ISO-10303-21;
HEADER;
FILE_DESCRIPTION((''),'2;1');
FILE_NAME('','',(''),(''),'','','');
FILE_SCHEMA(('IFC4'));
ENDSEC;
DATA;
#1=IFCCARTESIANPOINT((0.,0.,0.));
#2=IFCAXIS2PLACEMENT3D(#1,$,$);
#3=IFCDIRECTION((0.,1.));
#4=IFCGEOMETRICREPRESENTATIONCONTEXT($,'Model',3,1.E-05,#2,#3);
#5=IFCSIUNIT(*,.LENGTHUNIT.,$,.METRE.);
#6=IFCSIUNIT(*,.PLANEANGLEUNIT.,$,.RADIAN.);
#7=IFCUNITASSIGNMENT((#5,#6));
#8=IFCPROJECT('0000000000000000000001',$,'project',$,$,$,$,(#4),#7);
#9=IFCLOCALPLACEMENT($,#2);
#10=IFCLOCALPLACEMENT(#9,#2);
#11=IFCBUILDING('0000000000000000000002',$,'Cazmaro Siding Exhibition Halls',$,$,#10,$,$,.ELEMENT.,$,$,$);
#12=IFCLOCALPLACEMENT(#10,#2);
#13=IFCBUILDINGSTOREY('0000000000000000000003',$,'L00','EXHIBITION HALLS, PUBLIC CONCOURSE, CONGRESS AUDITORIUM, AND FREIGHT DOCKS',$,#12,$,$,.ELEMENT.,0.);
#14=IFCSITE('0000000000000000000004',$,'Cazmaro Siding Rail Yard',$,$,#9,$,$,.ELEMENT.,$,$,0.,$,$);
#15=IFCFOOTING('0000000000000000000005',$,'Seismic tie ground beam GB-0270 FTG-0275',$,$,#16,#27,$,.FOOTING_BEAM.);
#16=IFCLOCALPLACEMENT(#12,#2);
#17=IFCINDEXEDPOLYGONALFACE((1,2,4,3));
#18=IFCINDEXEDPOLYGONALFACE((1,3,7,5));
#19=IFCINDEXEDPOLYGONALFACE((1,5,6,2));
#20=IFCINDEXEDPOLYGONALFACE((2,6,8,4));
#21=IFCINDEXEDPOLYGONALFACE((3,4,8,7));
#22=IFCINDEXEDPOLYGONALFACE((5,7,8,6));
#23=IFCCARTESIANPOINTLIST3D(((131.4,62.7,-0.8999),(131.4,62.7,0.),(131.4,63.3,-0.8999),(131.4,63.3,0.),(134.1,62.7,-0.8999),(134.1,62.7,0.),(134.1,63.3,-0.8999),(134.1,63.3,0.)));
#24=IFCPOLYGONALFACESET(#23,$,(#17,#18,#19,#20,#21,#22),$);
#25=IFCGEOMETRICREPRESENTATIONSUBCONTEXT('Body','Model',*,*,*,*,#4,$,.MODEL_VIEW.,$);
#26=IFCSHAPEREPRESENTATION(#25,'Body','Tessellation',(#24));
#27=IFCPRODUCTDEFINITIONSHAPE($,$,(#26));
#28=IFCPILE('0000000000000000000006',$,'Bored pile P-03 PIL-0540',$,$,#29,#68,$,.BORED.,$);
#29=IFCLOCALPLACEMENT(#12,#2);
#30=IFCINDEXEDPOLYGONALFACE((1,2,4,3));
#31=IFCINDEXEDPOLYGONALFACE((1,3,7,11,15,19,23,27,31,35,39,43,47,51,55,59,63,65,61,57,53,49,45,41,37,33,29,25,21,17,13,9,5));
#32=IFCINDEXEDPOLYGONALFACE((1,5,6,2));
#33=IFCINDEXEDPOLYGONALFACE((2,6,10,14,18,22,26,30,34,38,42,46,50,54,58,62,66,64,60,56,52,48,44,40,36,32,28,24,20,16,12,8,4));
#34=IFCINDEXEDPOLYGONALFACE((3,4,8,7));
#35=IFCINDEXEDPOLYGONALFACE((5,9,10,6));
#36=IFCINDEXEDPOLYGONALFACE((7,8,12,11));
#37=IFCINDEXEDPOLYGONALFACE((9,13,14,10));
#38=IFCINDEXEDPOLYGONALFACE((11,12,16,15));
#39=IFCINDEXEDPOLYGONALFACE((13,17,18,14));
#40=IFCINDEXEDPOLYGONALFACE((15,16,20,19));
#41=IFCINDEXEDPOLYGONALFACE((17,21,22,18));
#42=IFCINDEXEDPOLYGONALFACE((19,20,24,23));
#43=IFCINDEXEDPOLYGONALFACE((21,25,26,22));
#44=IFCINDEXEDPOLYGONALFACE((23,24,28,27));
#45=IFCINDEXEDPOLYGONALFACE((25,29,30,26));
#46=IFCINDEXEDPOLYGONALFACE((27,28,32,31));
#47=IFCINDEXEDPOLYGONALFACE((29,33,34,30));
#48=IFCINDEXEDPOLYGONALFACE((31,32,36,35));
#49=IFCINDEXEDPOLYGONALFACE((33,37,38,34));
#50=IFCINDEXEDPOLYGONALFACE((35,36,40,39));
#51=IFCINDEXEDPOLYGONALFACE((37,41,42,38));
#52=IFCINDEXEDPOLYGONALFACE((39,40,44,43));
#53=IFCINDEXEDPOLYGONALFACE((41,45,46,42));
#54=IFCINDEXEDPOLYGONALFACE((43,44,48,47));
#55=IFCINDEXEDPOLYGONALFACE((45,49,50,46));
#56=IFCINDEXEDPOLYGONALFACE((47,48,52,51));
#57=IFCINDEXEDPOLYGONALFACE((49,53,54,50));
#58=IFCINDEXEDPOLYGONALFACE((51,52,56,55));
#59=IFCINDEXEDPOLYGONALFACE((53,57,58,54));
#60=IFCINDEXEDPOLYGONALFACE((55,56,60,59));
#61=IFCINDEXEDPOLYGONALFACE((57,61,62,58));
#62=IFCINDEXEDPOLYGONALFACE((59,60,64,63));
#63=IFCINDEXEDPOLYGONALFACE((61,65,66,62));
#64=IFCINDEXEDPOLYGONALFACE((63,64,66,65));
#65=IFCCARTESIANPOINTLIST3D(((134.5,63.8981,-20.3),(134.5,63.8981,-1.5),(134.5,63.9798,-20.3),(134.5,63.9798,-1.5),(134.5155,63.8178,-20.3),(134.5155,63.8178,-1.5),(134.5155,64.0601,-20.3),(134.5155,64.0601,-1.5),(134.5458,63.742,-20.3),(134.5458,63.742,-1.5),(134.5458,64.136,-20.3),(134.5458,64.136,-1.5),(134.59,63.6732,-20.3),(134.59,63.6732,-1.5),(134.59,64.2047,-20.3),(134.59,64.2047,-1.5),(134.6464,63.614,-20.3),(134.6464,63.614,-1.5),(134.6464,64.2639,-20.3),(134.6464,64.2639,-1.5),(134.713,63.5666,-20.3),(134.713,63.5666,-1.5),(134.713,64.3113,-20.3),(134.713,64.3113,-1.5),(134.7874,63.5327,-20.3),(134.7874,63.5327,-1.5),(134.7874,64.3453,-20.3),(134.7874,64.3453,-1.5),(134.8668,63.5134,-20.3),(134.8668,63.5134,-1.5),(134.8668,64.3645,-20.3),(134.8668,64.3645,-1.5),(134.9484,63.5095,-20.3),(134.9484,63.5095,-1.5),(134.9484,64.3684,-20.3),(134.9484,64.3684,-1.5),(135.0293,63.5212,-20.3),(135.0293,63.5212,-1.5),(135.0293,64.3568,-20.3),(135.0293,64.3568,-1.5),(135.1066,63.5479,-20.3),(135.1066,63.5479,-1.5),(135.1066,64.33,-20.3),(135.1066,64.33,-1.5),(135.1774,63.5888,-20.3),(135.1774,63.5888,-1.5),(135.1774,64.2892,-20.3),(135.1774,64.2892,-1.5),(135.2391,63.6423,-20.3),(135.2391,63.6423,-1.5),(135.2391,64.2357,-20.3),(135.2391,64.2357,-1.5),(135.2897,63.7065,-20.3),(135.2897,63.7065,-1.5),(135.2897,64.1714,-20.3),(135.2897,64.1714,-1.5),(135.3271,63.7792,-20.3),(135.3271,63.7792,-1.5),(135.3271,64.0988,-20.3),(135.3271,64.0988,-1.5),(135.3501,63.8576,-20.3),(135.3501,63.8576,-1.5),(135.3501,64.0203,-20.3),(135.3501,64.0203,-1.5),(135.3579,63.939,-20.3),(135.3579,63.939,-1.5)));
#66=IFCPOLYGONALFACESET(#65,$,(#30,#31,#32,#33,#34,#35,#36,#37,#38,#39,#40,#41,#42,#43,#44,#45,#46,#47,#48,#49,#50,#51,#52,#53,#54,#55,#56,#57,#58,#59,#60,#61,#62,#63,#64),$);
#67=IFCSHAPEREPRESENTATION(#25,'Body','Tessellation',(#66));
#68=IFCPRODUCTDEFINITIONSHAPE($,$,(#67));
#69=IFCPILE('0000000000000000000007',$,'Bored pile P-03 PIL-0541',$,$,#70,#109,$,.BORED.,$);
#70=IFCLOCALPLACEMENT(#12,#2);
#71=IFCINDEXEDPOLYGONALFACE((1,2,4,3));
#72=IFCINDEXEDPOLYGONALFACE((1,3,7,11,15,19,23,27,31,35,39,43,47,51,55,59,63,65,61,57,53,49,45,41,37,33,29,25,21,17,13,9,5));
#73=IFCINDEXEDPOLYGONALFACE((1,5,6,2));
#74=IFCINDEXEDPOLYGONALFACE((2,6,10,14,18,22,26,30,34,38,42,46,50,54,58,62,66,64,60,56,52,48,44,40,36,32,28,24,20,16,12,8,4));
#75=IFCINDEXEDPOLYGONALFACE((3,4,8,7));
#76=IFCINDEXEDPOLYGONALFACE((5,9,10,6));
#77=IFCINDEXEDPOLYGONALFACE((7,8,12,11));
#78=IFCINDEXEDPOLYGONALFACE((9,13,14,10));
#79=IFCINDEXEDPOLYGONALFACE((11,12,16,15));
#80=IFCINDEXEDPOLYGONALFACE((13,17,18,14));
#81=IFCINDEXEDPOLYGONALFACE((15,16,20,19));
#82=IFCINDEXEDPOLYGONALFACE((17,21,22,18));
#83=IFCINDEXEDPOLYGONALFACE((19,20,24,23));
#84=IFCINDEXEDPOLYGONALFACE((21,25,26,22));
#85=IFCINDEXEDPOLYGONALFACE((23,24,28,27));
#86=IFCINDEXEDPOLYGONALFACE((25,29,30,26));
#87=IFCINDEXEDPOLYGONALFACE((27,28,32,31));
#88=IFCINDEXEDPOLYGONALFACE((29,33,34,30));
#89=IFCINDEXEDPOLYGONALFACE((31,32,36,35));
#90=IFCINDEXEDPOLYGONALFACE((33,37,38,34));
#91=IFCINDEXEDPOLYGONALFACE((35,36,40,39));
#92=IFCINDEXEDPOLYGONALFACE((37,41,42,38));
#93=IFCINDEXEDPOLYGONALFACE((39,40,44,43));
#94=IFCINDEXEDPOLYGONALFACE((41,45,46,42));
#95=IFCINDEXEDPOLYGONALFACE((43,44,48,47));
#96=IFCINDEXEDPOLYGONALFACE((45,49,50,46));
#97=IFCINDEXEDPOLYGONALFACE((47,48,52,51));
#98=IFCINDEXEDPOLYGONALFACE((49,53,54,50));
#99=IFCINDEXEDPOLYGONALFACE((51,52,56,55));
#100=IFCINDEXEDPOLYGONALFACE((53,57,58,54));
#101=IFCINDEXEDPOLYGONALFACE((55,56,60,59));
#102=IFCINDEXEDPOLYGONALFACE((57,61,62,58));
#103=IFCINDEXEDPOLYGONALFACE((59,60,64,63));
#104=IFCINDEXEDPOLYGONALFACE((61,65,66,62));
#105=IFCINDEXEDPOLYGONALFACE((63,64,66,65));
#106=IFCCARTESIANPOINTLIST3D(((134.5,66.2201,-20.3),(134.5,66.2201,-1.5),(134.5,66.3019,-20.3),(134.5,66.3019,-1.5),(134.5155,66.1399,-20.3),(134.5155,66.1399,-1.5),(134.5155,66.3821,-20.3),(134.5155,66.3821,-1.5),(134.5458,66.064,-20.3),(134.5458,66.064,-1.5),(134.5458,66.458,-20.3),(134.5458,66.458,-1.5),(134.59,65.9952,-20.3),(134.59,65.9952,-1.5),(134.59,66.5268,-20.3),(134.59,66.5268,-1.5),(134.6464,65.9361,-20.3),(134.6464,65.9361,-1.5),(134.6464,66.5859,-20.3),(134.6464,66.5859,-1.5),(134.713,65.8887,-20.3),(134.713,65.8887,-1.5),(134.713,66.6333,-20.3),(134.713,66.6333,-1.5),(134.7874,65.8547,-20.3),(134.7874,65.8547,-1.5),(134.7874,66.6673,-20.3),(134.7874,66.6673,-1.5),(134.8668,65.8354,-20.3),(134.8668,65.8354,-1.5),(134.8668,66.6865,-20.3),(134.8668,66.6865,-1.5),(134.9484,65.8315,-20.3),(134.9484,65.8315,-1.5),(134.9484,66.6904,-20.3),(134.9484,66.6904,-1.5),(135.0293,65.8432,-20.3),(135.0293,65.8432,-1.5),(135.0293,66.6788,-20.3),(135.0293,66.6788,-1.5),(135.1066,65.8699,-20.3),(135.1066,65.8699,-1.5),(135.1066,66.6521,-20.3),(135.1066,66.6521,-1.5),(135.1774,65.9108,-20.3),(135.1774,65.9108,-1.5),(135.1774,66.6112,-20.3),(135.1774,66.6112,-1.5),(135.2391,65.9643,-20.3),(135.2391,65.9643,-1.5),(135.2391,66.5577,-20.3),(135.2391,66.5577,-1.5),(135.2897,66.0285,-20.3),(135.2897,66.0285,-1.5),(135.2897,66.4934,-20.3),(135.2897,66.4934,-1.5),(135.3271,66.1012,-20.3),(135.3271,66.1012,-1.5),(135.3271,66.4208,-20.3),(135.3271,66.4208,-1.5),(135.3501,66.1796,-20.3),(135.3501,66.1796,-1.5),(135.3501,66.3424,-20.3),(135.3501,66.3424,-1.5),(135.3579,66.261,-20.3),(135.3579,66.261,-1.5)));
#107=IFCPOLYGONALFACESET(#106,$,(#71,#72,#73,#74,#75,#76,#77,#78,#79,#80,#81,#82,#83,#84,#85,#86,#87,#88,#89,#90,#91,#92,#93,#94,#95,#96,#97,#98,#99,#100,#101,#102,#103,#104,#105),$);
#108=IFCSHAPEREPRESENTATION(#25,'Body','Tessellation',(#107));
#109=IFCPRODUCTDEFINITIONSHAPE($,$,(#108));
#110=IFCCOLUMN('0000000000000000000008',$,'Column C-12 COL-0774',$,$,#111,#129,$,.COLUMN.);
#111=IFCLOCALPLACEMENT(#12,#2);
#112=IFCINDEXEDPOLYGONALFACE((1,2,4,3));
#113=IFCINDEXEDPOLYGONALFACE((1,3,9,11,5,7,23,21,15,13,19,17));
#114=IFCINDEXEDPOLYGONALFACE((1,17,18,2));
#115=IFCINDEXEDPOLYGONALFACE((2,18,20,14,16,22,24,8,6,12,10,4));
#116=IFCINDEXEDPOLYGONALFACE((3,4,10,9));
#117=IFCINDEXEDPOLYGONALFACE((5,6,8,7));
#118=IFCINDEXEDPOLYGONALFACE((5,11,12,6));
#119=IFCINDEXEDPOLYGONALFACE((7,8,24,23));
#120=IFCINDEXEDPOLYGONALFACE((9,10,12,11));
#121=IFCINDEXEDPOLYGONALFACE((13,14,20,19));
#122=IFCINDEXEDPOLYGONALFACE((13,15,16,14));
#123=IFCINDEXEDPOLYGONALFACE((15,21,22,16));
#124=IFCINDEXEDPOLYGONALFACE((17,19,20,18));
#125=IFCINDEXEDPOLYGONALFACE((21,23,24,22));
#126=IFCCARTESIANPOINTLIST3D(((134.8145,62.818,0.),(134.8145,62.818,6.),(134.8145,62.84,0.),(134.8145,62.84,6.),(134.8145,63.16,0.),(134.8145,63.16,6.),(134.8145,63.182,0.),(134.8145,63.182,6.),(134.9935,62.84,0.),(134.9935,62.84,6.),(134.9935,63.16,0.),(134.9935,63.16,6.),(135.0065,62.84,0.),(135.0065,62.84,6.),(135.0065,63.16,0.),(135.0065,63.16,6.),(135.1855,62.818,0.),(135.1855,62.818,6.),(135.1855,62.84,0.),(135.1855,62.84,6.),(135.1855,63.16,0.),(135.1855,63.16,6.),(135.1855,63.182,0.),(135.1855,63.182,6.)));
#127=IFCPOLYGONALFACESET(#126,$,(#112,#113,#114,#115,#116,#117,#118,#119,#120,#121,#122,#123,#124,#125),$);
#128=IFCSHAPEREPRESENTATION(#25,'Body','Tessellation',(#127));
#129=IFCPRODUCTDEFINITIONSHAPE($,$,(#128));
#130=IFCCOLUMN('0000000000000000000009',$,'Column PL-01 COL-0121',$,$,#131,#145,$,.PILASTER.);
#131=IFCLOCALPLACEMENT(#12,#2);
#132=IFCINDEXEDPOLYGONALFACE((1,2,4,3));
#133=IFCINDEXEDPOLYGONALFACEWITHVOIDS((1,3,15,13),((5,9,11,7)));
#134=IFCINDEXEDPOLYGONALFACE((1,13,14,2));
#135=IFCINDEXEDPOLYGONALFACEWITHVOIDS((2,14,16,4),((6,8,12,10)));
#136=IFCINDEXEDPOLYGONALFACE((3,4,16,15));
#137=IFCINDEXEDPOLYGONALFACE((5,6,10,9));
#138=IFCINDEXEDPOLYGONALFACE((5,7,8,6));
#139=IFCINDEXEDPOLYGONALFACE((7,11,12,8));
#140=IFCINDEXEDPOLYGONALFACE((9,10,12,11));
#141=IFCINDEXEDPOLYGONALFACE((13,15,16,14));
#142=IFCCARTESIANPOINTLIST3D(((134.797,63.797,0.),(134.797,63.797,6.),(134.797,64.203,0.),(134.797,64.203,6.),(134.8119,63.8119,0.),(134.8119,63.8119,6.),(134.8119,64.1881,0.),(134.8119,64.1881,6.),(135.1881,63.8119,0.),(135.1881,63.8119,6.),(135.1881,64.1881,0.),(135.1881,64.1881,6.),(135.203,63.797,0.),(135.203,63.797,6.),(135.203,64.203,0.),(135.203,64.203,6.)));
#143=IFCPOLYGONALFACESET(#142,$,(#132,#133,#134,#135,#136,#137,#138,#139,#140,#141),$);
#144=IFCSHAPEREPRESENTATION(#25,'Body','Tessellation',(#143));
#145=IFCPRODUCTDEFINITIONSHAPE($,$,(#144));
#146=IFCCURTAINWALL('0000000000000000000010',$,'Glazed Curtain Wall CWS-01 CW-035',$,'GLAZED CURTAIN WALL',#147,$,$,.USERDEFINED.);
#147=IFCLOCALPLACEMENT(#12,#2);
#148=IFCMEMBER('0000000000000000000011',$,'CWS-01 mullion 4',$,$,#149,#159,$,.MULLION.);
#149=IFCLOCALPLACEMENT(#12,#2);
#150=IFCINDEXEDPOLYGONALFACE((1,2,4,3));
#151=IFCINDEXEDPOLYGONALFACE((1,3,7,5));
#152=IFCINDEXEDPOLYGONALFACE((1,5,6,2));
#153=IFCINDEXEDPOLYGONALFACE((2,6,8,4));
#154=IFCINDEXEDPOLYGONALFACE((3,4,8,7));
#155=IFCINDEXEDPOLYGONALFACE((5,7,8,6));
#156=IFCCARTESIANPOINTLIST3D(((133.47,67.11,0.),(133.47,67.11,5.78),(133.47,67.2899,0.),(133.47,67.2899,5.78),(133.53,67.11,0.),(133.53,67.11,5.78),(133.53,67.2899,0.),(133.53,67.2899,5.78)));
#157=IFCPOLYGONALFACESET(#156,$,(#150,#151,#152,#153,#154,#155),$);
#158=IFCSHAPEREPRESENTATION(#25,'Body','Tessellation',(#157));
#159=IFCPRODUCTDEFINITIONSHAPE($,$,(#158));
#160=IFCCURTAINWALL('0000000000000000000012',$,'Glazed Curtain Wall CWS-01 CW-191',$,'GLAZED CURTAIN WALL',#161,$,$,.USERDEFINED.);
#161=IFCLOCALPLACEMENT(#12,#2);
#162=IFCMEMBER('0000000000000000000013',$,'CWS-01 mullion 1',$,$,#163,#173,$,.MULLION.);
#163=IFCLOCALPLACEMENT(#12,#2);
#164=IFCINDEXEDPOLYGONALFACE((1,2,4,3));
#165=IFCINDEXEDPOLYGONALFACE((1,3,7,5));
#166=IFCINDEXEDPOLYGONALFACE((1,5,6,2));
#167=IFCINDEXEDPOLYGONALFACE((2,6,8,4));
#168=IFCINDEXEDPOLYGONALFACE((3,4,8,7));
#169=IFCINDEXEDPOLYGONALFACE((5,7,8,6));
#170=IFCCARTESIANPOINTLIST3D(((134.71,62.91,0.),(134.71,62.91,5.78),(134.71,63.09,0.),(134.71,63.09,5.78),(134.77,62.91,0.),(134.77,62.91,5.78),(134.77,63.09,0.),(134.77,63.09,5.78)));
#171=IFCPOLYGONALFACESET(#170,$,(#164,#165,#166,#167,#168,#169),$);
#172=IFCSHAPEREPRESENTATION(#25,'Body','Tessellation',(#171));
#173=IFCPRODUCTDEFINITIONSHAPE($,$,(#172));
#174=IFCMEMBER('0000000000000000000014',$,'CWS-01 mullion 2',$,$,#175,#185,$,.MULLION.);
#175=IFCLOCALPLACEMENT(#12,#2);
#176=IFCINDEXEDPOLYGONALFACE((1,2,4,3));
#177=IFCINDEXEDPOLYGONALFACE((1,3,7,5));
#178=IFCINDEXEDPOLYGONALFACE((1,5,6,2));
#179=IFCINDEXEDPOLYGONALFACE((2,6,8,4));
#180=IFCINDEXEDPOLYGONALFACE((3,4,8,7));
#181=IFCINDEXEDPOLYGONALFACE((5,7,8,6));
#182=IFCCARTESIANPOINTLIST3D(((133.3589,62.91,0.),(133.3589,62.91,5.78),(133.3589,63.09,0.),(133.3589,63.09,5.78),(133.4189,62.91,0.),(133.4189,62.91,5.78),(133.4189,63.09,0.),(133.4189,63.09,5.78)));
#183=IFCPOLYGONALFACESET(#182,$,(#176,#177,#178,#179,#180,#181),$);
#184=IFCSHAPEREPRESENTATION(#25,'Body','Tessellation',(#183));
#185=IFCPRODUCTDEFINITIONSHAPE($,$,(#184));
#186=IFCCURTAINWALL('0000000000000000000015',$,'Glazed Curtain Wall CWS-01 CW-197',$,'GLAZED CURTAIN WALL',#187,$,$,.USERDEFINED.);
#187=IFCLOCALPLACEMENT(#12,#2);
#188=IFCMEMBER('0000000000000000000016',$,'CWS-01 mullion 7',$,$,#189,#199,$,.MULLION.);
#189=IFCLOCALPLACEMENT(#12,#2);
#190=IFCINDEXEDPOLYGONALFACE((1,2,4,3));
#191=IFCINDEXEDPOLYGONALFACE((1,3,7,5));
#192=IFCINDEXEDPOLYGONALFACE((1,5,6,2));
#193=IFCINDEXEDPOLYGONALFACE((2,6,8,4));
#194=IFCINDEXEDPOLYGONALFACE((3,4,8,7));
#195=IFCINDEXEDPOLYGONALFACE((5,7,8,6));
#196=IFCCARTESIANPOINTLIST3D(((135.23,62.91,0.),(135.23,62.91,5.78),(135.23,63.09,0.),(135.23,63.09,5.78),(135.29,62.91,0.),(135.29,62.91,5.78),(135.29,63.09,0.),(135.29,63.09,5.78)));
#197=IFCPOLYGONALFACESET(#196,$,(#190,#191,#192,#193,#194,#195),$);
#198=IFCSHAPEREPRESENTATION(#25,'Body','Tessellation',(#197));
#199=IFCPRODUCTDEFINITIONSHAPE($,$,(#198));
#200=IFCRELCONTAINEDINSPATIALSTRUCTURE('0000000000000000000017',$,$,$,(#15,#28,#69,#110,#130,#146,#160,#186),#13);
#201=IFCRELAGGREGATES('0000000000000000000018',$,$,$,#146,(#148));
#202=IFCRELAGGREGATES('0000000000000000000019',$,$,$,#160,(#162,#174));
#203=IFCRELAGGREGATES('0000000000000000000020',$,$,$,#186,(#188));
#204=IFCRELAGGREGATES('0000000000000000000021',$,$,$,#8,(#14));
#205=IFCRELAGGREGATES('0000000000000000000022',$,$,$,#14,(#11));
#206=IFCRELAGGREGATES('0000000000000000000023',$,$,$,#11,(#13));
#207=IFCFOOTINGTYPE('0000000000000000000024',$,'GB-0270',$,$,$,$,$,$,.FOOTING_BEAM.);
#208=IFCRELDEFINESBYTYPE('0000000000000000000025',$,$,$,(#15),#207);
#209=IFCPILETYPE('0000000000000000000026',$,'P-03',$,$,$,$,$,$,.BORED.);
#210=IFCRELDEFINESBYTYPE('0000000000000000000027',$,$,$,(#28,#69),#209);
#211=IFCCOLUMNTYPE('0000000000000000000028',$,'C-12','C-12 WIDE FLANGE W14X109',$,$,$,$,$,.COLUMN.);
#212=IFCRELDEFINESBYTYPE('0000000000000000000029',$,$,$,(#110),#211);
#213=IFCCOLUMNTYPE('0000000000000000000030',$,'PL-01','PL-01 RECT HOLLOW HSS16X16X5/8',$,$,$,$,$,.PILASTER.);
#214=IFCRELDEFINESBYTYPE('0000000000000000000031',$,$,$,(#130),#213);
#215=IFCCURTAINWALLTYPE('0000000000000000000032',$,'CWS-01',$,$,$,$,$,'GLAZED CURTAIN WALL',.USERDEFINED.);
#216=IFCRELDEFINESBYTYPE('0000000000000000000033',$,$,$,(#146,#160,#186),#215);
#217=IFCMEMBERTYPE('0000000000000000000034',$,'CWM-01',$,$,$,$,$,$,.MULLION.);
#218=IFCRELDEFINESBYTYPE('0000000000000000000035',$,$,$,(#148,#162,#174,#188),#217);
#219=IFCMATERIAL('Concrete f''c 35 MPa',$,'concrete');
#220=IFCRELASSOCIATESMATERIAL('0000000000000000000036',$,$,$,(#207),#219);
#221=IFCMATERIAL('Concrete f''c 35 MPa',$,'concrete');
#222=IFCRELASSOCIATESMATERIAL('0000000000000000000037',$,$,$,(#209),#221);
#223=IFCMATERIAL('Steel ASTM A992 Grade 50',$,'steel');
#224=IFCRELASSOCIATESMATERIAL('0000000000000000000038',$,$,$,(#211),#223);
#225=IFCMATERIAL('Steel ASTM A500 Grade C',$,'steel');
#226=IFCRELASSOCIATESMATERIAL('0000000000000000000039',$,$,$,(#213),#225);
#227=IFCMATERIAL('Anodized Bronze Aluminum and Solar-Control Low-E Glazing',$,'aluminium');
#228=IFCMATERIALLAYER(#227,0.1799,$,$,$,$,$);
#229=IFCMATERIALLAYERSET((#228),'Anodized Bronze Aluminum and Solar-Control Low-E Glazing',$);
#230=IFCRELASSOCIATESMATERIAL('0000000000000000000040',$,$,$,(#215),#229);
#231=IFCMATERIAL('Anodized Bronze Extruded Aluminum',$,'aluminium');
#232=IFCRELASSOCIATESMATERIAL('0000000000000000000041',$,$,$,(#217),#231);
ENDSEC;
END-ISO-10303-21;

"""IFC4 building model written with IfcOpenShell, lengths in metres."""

from ifc_helpers import new_model, si_unit, direction, frame, origin, origin_2d, place, context, subcontext, project, spatial, rectangle, hollow_rectangle, circle, i_section, extrude, material, layer, layer_set, material_profile, profile_set, type_object, element, aggregate, save


model = new_model("IFC4")

# Units and contexts
model_context = context("Model", 3, precision=1e-05, world=origin(), true_north=direction((0.0, 1.0)))
body_context = subcontext(model_context, "Body", "Model", "MODEL_VIEW")
ifc_project = project(units=[si_unit("LENGTHUNIT", "METRE"), si_unit("PLANEANGLEUNIT", "RADIAN")], contexts=[model_context])

# Site, building, storey
site_placement = place(None, origin())
site = spatial("IfcSite", under=ifc_project, at=site_placement, Name="Cazmaro Siding Rail Yard", CompositionType="ELEMENT", RefElevation=0.0)
building_placement = place(site_placement, origin())
building = spatial("IfcBuilding", under=site, at=building_placement, Name="Cazmaro Siding Exhibition Halls", CompositionType="ELEMENT")
storey_placement = place(building_placement, origin())
storey = spatial("IfcBuildingStorey", under=building, at=storey_placement, Name="L00", Description="EXHIBITION HALLS, PUBLIC CONCOURSE, CONGRESS AUDITORIUM, AND FREIGHT DOCKS", CompositionType="ELEMENT", Elevation=0.0)

# Footing
ifc_material_1 = material(Name="Concrete f'c 35 MPa", Category="concrete")
footing_type = type_object("IfcFootingType", Name="GB-0270", PredefinedType="FOOTING_BEAM", material=ifc_material_1)
footing_placement = place(storey_placement, frame((132.75, 63.0, -0.8999), z_axis=(0.0, 0.0, 1.0), x_axis=(1.0, 0.0, 0.0)))
element("IfcFooting", 1, at=footing_placement, inside=storey, type_object=footing_type, Name="Seismic tie ground beam GB-0270 FTG-0275", PredefinedType="FOOTING_BEAM", context=body_context, shape_type="SweptSolid", body=[
    extrude(rectangle(XDim=2.7, YDim=0.6001, at=origin_2d()), origin(), (0.0, 0.0, 1.0), 0.8999),
])

# Piles
ifc_material_2 = material(Name="Concrete f'c 35 MPa", Category="concrete")
ifc_material_profile_1 = material_profile(ifc_material_2, circle(Radius=0.4299, at=origin_2d()), Name="CIDH-860")
ifc_profile_set_1 = profile_set([ifc_material_profile_1], Name="Concrete f'c 35 MPa")
pile_type = type_object("IfcPileType", Name="P-03", PredefinedType="BORED", material=ifc_profile_set_1)
for number, where, z_axis, x_axis, name in (
    (2, (134.928, 63.939, -1.5), (0.0, 0.0, -1.0), (1.0, 0.0, 0.0), "Bored pile P-03 PIL-0540"),
    (3, (134.928, 66.261, -1.5), (0.0, 0.0, -1.0), (1.0, 0.0, 0.0), "Bored pile P-03 PIL-0541"),
):
    element("IfcPile", number, at=place(storey_placement, frame(where, z_axis=z_axis, x_axis=x_axis)), inside=storey, type_object=pile_type, Name=name, PredefinedType="BORED", context=body_context, shape_type="SweptSolid", body=[
        extrude(circle(Radius=0.4299, at=origin_2d()), origin(), (0.0, 0.0, 1.0), 18.8),
    ])

# Columns
ifc_material_3 = material(Name="Steel ASTM A992 Grade 50", Category="steel")
ifc_material_profile_2 = material_profile(ifc_material_3, i_section(OverallWidth=0.3711, OverallDepth=0.364, WebThickness=0.0129, FlangeThickness=0.022, at=origin_2d()), Name="W14X109")
ifc_profile_set_2 = profile_set([ifc_material_profile_2], Name="Steel ASTM A992 Grade 50")
column_type_1 = type_object("IfcColumnType", Name="C-12", Description="C-12 WIDE FLANGE W14X109", PredefinedType="COLUMN", material=ifc_profile_set_2)
column_1_placement = place(storey_placement, frame((135.0, 63.0, 0.0), z_axis=(0.0, 0.0, 1.0), x_axis=(1.0, 0.0, 0.0)))
element("IfcColumn", 4, at=column_1_placement, inside=storey, type_object=column_type_1, Name="Column C-12 COL-0774", PredefinedType="COLUMN", context=body_context, shape_type="SweptSolid", body=[
    extrude(i_section(OverallWidth=0.3711, OverallDepth=0.364, WebThickness=0.0129, FlangeThickness=0.022, at=origin_2d()), origin(), (0.0, 0.0, 1.0), 6.0),
])
ifc_material_4 = material(Name="Steel ASTM A500 Grade C", Category="steel")
ifc_material_profile_3 = material_profile(ifc_material_4, hollow_rectangle(XDim=0.406, YDim=0.406, WallThickness=0.0149, at=origin_2d()), Name="HSS16X16X5/8")
ifc_profile_set_3 = profile_set([ifc_material_profile_3], Name="Steel ASTM A500 Grade C")
column_type_2 = type_object("IfcColumnType", Name="PL-01", Description="PL-01 RECT HOLLOW HSS16X16X5/8", PredefinedType="PILASTER", material=ifc_profile_set_3)
column_2_placement = place(storey_placement, frame((135.0, 64.0, 0.0), z_axis=(0.0, 0.0, 1.0), x_axis=(1.0, 0.0, 0.0)))
element("IfcColumn", 5, at=column_2_placement, inside=storey, type_object=column_type_2, Name="Column PL-01 COL-0121", PredefinedType="PILASTER", context=body_context, shape_type="SweptSolid", body=[
    extrude(hollow_rectangle(XDim=0.406, YDim=0.406, WallThickness=0.0149, at=origin_2d()), origin(), (0.0, 0.0, 1.0), 6.0),
])

# Curtain wall, member
ifc_material_5 = material(Name="Anodized Bronze Aluminum and Solar-Control Low-E Glazing", Category="aluminium")
ifc_layer_1 = layer(ifc_material_5, 0.1799)
ifc_layer_set_1 = layer_set([ifc_layer_1], Name="Anodized Bronze Aluminum and Solar-Control Low-E Glazing")
curtain_wall_type = type_object("IfcCurtainWallType", Name="CWS-01", ElementType="GLAZED CURTAIN WALL", PredefinedType="USERDEFINED", material=ifc_layer_set_1)
curtain_wall_1_placement = place(storey_placement, origin())
curtain_wall_1 = element("IfcCurtainWall", 6, at=curtain_wall_1_placement, inside=storey, type_object=curtain_wall_type, Name="Glazed Curtain Wall CWS-01 CW-035", ObjectType="GLAZED CURTAIN WALL", PredefinedType="USERDEFINED")
ifc_material_6 = material(Name="Anodized Bronze Extruded Aluminum", Category="aluminium")
ifc_material_profile_4 = material_profile(ifc_material_6, rectangle(XDim=0.1799, YDim=0.0601, at=origin_2d()), Name="CWM-01")
ifc_profile_set_4 = profile_set([ifc_material_profile_4], Name="Anodized Bronze Extruded Aluminum")
member_type_1 = type_object("IfcMemberType", Name="CWM-01", PredefinedType="MULLION", material=ifc_profile_set_4)
member_1_placement = place(storey_placement, frame((133.5, 67.2, 0.0), z_axis=(0.0, 0.0, 1.0), x_axis=(0.0, 1.0, 0.0)))
member_1 = element("IfcMember", 7, at=member_1_placement, type_object=member_type_1, Name="CWS-01 mullion 4", PredefinedType="MULLION", context=body_context, shape_type="SweptSolid", body=[
    extrude(rectangle(XDim=0.1799, YDim=0.0601, at=origin_2d()), origin(), (0.0, 0.0, 1.0), 5.78),
])

# Curtain wall, members
curtain_wall_2_placement = place(storey_placement, origin())
curtain_wall_2 = element("IfcCurtainWall", 8, at=curtain_wall_2_placement, inside=storey, type_object=curtain_wall_type, Name="Glazed Curtain Wall CWS-01 CW-191", ObjectType="GLAZED CURTAIN WALL", PredefinedType="USERDEFINED")
member_2_placement = place(storey_placement, frame((134.74, 63.0, 0.0), z_axis=(0.0, 0.0, 1.0), x_axis=(0.0, -1.0, 0.0)))
member_2 = element("IfcMember", 9, at=member_2_placement, type_object=member_type_1, Name="CWS-01 mullion 1", PredefinedType="MULLION", context=body_context, shape_type="SweptSolid", body=[
    extrude(rectangle(XDim=0.1799, YDim=0.0601, at=origin_2d()), origin(), (0.0, 0.0, 1.0), 5.78),
])
member_3_placement = place(storey_placement, frame((133.3889, 63.0, 0.0), z_axis=(0.0, 0.0, 1.0), x_axis=(0.0, -1.0, 0.0)))
member_3 = element("IfcMember", 10, at=member_3_placement, type_object=member_type_1, Name="CWS-01 mullion 2", PredefinedType="MULLION", context=body_context, shape_type="SweptSolid", body=[
    extrude(rectangle(XDim=0.1799, YDim=0.0601, at=origin_2d()), origin(), (0.0, 0.0, 1.0), 5.78),
])

# Curtain wall, member
curtain_wall_3_placement = place(storey_placement, origin())
curtain_wall_3 = element("IfcCurtainWall", 11, at=curtain_wall_3_placement, inside=storey, type_object=curtain_wall_type, Name="Glazed Curtain Wall CWS-01 CW-197", ObjectType="GLAZED CURTAIN WALL", PredefinedType="USERDEFINED")
member_4_placement = place(storey_placement, frame((135.26, 63.0, 0.0), z_axis=(0.0, 0.0, 1.0), x_axis=(0.0, -1.0, 0.0)))
member_4 = element("IfcMember", 12, at=member_4_placement, type_object=member_type_1, Name="CWS-01 mullion 7", PredefinedType="MULLION", context=body_context, shape_type="SweptSolid", body=[
    extrude(rectangle(XDim=0.1799, YDim=0.0601, at=origin_2d()), origin(), (0.0, 0.0, 1.0), 5.78),
])

aggregate(curtain_wall_1, [member_1])
aggregate(curtain_wall_2, [member_2, member_3])
aggregate(curtain_wall_3, [member_4])

save(model, "model.ifc")
